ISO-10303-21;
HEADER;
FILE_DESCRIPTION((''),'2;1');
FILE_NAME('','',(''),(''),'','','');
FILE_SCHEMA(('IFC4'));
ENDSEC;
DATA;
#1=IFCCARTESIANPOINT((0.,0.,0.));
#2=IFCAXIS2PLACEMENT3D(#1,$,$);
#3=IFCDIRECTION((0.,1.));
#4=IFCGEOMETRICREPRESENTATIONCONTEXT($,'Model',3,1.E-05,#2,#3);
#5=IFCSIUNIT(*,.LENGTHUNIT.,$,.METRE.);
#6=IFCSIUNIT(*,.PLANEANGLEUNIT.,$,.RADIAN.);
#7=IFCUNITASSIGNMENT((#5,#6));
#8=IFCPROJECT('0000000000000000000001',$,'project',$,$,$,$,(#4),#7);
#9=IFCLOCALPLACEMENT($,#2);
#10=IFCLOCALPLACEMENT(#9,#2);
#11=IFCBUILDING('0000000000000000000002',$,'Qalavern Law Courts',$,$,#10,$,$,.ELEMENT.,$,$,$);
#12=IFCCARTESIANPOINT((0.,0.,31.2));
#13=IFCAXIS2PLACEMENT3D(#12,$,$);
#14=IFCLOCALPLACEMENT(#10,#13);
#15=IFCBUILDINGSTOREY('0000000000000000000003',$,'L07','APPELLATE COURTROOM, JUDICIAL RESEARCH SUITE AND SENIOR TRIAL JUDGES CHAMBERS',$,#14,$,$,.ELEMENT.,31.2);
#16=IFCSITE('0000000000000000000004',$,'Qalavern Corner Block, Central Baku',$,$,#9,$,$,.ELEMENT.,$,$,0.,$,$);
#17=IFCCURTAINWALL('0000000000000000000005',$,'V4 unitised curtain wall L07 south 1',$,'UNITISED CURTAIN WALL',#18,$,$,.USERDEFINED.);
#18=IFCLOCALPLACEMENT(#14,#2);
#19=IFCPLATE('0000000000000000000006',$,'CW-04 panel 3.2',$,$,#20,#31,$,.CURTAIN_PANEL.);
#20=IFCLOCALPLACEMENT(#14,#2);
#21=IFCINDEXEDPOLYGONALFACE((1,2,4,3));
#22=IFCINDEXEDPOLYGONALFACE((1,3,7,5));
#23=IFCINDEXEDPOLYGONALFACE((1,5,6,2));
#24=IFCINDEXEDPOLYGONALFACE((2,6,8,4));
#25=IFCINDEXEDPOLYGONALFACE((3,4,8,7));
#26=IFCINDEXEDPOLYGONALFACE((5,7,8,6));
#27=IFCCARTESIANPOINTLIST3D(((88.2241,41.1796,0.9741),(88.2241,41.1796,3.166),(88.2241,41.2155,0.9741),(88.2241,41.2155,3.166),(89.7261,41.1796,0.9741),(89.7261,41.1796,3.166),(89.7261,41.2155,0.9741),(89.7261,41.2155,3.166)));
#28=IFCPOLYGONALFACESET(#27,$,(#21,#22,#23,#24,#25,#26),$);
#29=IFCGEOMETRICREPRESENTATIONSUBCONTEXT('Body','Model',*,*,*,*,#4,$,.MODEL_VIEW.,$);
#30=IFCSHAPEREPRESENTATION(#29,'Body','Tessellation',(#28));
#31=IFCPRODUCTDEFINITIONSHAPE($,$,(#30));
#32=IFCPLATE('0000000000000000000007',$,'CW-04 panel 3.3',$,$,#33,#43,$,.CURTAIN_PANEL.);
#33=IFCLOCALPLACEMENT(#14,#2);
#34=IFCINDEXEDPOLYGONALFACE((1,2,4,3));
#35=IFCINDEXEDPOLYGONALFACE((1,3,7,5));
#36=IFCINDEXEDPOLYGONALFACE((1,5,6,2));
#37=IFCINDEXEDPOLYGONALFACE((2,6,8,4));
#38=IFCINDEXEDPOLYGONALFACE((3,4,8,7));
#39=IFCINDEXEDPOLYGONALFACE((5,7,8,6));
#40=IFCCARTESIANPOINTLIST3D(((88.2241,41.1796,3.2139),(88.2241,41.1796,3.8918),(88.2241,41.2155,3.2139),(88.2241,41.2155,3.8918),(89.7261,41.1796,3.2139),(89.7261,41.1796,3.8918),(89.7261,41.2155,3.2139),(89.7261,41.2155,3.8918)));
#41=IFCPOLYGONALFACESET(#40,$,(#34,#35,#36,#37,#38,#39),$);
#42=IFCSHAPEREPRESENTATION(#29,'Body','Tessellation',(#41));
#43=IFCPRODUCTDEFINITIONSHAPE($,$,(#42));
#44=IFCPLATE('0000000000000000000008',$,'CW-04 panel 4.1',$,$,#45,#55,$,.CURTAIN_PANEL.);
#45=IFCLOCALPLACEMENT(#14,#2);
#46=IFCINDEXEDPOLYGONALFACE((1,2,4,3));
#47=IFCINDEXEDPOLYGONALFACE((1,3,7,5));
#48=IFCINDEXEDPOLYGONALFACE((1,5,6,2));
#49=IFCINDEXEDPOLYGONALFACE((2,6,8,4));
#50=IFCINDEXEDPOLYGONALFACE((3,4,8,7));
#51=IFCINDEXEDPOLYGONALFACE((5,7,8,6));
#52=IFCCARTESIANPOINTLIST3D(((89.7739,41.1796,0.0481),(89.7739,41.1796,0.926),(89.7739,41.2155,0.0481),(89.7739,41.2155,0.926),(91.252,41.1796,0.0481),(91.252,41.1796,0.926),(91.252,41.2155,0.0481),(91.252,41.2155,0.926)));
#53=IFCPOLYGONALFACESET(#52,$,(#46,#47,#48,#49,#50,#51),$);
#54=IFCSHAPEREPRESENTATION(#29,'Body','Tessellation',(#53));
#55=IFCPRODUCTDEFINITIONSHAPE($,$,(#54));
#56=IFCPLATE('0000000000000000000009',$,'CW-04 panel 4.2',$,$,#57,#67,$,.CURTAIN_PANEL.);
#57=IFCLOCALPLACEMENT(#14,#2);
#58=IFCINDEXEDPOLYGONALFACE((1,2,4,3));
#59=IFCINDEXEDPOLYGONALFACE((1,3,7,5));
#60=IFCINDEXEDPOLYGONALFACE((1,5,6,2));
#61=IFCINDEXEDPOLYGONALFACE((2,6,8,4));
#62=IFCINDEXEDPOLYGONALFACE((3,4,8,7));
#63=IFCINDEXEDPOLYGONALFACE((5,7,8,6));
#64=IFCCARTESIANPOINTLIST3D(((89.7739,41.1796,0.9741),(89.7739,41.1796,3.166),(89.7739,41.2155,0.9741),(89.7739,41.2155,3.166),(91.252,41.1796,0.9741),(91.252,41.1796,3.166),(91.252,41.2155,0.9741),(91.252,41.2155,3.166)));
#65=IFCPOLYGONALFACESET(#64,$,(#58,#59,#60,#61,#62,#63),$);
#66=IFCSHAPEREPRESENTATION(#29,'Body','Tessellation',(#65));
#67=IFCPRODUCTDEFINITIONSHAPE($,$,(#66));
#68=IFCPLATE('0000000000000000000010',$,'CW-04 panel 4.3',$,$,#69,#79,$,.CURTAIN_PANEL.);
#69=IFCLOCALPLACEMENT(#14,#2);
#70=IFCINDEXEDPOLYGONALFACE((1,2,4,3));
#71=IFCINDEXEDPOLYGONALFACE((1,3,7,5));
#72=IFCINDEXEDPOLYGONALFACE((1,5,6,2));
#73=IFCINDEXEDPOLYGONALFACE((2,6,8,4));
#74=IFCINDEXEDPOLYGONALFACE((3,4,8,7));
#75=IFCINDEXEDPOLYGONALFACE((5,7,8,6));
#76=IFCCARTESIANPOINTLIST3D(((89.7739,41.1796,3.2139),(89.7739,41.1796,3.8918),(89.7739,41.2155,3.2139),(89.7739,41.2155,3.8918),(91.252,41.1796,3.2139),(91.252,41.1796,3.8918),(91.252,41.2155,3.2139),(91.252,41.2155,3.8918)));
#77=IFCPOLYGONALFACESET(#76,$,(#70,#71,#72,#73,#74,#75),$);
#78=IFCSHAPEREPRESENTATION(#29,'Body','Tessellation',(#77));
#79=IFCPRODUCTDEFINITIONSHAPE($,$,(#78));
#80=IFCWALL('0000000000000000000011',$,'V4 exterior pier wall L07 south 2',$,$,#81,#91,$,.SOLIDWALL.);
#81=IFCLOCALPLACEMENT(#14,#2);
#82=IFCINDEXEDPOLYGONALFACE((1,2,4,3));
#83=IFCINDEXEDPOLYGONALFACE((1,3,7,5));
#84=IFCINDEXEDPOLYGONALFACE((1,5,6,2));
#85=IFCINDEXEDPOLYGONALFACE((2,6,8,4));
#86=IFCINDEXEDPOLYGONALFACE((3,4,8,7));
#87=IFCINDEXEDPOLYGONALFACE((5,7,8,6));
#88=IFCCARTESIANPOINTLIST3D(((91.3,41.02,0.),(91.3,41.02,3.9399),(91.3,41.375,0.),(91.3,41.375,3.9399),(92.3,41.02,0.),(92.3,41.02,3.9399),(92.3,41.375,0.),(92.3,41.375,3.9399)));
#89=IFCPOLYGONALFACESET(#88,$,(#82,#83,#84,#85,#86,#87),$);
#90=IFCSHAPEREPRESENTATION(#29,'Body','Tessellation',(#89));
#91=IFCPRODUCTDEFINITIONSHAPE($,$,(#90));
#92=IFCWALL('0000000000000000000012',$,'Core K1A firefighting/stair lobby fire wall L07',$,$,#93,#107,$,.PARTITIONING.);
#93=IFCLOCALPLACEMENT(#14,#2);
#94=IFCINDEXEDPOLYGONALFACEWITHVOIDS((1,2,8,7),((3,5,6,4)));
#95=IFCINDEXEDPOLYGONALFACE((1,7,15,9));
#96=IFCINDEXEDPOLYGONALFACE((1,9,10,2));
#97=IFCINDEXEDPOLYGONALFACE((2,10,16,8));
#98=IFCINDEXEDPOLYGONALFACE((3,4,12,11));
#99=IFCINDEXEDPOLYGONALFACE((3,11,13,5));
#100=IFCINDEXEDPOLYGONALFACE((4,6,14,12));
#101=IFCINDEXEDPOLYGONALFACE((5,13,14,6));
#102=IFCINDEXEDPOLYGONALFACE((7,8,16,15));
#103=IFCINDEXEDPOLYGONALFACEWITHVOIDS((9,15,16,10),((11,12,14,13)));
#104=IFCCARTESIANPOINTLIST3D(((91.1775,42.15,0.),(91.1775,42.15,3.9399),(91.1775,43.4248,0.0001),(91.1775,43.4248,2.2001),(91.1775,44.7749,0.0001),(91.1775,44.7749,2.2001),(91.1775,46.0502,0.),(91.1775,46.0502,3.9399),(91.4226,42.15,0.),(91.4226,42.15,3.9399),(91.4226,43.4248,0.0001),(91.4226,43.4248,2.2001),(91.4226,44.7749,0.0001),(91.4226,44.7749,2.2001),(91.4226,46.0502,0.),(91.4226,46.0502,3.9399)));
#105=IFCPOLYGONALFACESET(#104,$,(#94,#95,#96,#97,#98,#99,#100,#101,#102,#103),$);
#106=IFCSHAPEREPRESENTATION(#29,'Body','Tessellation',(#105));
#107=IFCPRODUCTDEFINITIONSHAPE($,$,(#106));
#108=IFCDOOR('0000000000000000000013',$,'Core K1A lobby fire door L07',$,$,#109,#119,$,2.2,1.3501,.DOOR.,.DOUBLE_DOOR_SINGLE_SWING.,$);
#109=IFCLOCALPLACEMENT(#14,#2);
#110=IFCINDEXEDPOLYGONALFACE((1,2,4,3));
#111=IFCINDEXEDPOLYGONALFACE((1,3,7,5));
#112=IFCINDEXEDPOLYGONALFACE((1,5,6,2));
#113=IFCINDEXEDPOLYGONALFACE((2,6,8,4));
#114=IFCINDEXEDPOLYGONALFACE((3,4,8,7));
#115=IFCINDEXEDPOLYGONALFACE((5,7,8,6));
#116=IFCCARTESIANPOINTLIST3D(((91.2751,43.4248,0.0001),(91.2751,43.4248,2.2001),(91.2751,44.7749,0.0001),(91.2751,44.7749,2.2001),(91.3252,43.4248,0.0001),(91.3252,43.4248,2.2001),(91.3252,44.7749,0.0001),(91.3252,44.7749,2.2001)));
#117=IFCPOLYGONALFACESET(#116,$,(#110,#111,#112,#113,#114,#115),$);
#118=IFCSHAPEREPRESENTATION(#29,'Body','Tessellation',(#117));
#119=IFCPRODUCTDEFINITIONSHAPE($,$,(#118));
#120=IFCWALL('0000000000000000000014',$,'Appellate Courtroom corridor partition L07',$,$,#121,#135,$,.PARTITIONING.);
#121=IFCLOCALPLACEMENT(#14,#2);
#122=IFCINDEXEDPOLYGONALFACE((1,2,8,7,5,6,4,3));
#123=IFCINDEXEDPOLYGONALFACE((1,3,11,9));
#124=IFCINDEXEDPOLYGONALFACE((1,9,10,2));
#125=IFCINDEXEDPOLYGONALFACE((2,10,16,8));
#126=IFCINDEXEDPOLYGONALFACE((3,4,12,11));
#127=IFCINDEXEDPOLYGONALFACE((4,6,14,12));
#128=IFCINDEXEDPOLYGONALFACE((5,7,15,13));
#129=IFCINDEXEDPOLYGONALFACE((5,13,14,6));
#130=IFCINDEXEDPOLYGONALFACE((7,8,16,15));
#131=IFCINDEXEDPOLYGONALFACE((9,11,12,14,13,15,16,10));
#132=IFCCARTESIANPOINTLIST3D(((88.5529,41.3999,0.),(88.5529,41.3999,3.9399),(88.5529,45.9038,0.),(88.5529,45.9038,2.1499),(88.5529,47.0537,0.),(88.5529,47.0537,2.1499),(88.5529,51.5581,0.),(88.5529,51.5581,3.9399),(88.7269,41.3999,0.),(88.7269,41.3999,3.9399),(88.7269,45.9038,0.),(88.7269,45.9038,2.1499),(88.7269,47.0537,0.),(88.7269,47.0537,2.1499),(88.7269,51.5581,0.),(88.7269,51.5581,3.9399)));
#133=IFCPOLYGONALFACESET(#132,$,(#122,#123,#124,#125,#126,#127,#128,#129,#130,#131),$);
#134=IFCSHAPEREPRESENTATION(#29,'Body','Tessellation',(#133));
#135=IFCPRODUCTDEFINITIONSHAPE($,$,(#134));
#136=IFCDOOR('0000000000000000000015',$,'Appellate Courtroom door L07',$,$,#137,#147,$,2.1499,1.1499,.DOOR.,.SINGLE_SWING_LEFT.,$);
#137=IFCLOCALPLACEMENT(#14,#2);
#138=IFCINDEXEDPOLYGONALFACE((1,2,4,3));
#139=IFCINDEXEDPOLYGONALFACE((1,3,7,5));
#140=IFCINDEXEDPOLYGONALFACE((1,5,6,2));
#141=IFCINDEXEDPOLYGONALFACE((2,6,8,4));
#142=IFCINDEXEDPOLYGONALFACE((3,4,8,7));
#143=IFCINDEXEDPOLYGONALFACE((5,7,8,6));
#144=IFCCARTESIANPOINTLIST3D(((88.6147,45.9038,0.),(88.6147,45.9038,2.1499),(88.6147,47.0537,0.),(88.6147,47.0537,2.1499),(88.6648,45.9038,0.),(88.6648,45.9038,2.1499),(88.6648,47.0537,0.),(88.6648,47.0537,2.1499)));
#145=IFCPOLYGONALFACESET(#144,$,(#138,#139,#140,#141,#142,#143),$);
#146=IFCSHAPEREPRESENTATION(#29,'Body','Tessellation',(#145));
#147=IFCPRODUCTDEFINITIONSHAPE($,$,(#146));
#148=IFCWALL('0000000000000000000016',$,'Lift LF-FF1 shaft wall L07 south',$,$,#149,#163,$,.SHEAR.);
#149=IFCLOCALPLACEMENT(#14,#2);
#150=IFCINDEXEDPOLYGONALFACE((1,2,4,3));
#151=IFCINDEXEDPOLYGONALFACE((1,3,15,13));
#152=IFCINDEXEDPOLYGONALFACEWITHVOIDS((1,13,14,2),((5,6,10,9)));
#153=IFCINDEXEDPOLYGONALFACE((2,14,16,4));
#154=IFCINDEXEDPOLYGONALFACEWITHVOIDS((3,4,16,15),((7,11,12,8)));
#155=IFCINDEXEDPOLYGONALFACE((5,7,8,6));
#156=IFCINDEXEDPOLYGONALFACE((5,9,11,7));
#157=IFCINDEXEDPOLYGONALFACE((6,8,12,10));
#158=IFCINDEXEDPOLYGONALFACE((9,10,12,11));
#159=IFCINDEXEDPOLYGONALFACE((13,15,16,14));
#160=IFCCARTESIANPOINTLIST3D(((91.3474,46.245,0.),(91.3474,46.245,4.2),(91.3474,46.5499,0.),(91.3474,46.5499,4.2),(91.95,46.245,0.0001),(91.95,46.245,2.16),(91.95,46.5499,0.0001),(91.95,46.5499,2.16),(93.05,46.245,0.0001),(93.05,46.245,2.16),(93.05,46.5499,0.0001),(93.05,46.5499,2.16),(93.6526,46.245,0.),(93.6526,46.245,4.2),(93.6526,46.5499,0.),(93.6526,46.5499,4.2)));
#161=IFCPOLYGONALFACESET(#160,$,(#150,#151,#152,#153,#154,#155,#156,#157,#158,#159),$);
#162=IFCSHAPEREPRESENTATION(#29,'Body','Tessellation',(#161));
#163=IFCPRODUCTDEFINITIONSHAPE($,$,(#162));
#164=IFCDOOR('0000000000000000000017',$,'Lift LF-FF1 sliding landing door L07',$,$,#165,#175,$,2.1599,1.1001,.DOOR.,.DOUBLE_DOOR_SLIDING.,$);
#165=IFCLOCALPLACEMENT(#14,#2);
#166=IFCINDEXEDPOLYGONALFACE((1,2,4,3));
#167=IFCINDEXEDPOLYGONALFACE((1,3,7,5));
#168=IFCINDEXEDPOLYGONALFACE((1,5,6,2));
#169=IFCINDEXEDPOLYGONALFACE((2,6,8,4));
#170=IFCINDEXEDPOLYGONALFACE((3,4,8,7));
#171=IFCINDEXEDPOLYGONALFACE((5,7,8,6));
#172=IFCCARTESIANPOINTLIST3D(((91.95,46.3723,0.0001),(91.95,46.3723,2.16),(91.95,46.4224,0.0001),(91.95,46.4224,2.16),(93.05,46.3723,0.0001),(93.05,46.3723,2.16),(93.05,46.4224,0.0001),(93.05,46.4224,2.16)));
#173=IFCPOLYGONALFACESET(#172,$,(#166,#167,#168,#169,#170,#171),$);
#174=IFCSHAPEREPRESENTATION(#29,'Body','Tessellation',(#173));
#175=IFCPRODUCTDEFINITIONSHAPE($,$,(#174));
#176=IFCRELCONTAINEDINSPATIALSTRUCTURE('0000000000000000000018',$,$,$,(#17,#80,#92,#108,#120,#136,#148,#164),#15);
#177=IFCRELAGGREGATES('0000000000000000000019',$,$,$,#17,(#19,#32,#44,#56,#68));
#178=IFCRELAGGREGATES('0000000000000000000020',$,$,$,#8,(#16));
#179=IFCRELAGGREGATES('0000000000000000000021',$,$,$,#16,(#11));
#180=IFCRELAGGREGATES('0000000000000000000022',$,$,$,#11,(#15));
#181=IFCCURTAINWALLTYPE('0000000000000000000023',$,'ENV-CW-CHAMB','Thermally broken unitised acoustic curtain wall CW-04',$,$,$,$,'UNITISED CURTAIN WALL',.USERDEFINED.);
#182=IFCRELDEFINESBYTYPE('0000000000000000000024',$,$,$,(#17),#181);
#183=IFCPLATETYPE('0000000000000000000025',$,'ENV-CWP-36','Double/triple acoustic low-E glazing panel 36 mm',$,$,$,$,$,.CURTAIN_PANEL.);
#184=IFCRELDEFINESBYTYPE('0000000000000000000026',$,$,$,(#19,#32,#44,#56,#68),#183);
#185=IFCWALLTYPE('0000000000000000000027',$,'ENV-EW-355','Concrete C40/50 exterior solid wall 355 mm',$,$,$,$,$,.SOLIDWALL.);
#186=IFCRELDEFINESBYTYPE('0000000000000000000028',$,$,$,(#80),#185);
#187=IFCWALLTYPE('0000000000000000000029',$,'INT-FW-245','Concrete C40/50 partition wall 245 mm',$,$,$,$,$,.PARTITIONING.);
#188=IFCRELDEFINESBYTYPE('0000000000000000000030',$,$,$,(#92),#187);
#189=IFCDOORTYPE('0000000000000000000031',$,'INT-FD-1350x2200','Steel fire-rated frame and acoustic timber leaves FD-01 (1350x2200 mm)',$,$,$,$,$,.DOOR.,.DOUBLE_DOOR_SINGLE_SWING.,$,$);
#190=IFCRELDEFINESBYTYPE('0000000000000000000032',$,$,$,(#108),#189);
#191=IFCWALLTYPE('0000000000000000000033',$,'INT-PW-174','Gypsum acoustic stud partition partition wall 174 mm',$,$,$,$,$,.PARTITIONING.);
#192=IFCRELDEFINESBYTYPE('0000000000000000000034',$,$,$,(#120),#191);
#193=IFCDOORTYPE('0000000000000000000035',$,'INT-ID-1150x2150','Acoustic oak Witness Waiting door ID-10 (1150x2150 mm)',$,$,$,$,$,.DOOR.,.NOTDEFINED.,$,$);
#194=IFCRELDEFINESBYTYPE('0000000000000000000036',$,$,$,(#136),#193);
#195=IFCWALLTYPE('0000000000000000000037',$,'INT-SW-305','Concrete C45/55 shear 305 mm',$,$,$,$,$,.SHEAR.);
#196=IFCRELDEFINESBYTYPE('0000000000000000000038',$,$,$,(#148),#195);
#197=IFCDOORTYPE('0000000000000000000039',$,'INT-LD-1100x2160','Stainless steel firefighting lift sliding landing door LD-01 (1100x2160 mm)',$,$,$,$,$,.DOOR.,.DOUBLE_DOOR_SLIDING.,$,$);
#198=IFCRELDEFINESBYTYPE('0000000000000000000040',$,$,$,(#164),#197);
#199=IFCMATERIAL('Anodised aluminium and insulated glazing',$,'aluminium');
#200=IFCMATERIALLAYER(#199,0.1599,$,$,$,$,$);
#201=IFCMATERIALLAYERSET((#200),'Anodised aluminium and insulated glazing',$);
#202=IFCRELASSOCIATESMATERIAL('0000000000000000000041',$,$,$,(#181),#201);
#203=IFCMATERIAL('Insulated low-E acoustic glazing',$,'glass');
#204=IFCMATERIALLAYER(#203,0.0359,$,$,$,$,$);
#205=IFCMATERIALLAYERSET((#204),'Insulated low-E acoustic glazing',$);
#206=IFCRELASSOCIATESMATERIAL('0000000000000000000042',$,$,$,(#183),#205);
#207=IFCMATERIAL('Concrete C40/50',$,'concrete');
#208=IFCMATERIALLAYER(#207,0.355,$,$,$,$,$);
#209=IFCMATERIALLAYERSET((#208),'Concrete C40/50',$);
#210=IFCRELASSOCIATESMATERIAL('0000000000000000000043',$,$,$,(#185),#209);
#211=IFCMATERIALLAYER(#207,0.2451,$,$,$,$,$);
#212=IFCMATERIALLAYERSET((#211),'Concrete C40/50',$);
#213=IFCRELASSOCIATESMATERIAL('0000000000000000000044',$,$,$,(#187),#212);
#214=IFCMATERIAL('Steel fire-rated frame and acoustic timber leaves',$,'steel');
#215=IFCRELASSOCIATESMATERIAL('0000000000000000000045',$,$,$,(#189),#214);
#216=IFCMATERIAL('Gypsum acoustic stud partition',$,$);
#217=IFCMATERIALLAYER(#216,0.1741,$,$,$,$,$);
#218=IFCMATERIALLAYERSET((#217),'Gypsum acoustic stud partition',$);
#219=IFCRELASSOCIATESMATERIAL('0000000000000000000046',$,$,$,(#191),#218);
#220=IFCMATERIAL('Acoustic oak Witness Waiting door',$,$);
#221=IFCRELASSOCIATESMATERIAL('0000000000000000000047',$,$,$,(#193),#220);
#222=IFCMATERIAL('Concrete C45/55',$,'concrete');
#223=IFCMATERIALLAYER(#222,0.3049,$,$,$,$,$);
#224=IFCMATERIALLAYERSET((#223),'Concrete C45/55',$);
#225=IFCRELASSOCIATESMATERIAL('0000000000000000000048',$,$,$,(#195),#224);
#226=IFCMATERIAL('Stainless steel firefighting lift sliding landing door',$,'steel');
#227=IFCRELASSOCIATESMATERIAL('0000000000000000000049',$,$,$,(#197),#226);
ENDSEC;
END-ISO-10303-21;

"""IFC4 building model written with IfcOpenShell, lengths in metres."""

from ifc_helpers import new_model, si_unit, direction, frame, frame_2d, origin, origin_2d, place, context, subcontext, project, spatial, rectangle, extrude, material, layer, layer_set, type_object, element, fill, aggregate, save


model = new_model("IFC4")

# Units and contexts
model_context = context("Model", 3, precision=1e-05, world=origin(), true_north=direction((0.0, 1.0)))
body_context = subcontext(model_context, "Body", "Model", "MODEL_VIEW")
ifc_project = project(units=[si_unit("LENGTHUNIT", "METRE"), si_unit("PLANEANGLEUNIT", "RADIAN")], contexts=[model_context])

# Site, building, storey
site_placement = place(None, origin())
site = spatial("IfcSite", under=ifc_project, at=site_placement, Name="Qalavern Corner Block, Central Baku", CompositionType="ELEMENT", RefElevation=0.0)
building_placement = place(site_placement, origin())
building = spatial("IfcBuilding", under=site, at=building_placement, Name="Qalavern Law Courts", CompositionType="ELEMENT")
storey_placement = place(building_placement, frame((0.0, 0.0, 31.2)))
storey = spatial("IfcBuildingStorey", under=building, at=storey_placement, Name="L07", Description="APPELLATE COURTROOM, JUDICIAL RESEARCH SUITE AND SENIOR TRIAL JUDGES CHAMBERS", CompositionType="ELEMENT", Elevation=31.2)

# Curtain wall, plates
ifc_material_1 = material(Name="Anodised aluminium and insulated glazing", Category="aluminium")
ifc_layer_1 = layer(ifc_material_1, 0.1599)
ifc_layer_set_1 = layer_set([ifc_layer_1], Name="Anodised aluminium and insulated glazing")
curtain_wall_type = type_object("IfcCurtainWallType", Name="ENV-CW-CHAMB", Description="Thermally broken unitised acoustic curtain wall CW-04", ElementType="UNITISED CURTAIN WALL", PredefinedType="USERDEFINED", material=ifc_layer_set_1)
curtain_wall_placement = place(storey_placement, origin())
curtain_wall = element("IfcCurtainWall", 1, at=curtain_wall_placement, inside=storey, type_object=curtain_wall_type, Name="V4 unitised curtain wall L07 south 1", ObjectType="UNITISED CURTAIN WALL", PredefinedType="USERDEFINED")
ifc_material_2 = material(Name="Insulated low-E acoustic glazing", Category="glass")
ifc_layer_2 = layer(ifc_material_2, 0.0359)
ifc_layer_set_2 = layer_set([ifc_layer_2], Name="Insulated low-E acoustic glazing")
plate_type = type_object("IfcPlateType", Name="ENV-CWP-36", Description="Double/triple acoustic low-E glazing panel 36 mm", PredefinedType="CURTAIN_PANEL", material=ifc_layer_set_2)
plate_1_placement = place(storey_placement, frame((88.9751, 41.1975, 0.9741), z_axis=(0.0, 0.0, 1.0), x_axis=(1.0, 0.0, 0.0)))
plate_1 = element("IfcPlate", 2, at=plate_1_placement, type_object=plate_type, Name="CW-04 panel 3.2", PredefinedType="CURTAIN_PANEL", context=body_context, shape_type="SweptSolid", body=[
    extrude(rectangle(XDim=1.502, YDim=0.0359, at=origin_2d()), origin(), (0.0, 0.0, 1.0), 2.1919),
])
plate_2_placement = place(storey_placement, frame((88.9751, 41.1975, 3.2139), z_axis=(0.0, 0.0, 1.0), x_axis=(1.0, 0.0, 0.0)))
plate_2 = element("IfcPlate", 3, at=plate_2_placement, type_object=plate_type, Name="CW-04 panel 3.3", PredefinedType="CURTAIN_PANEL", context=body_context, shape_type="SweptSolid", body=[
    extrude(rectangle(XDim=1.502, YDim=0.0359, at=origin_2d()), origin(), (0.0, 0.0, 1.0), 0.678),
])
plate_3_placement = place(storey_placement, frame((90.5129, 41.1975, 0.0481), z_axis=(0.0, 0.0, 1.0), x_axis=(1.0, 0.0, 0.0)))
plate_3 = element("IfcPlate", 4, at=plate_3_placement, type_object=plate_type, Name="CW-04 panel 4.1", PredefinedType="CURTAIN_PANEL", context=body_context, shape_type="SweptSolid", body=[
    extrude(rectangle(XDim=1.478, YDim=0.0359, at=origin_2d()), origin(), (0.0, 0.0, 1.0), 0.8779),
])
plate_4_placement = place(storey_placement, frame((90.5129, 41.1975, 0.9741), z_axis=(0.0, 0.0, 1.0), x_axis=(1.0, 0.0, 0.0)))
plate_4 = element("IfcPlate", 5, at=plate_4_placement, type_object=plate_type, Name="CW-04 panel 4.2", PredefinedType="CURTAIN_PANEL", context=body_context, shape_type="SweptSolid", body=[
    extrude(rectangle(XDim=1.478, YDim=0.0359, at=origin_2d()), origin(), (0.0, 0.0, 1.0), 2.1919),
])
plate_5_placement = place(storey_placement, frame((90.5129, 41.1975, 3.2139), z_axis=(0.0, 0.0, 1.0), x_axis=(1.0, 0.0, 0.0)))
plate_5 = element("IfcPlate", 6, at=plate_5_placement, type_object=plate_type, Name="CW-04 panel 4.3", PredefinedType="CURTAIN_PANEL", context=body_context, shape_type="SweptSolid", body=[
    extrude(rectangle(XDim=1.478, YDim=0.0359, at=origin_2d()), origin(), (0.0, 0.0, 1.0), 0.678),
])
aggregate(curtain_wall, [plate_1, plate_2, plate_3, plate_4, plate_5])

# Wall
ifc_material_3 = material(Name="Concrete C40/50", Category="concrete")
ifc_layer_3 = layer(ifc_material_3, 0.355)
ifc_layer_set_3 = layer_set([ifc_layer_3], Name="Concrete C40/50")
wall_type_1 = type_object("IfcWallType", Name="ENV-EW-355", Description="Concrete C40/50 exterior solid wall 355 mm", PredefinedType="SOLIDWALL", material=ifc_layer_set_3)
wall_1_placement = place(storey_placement, frame((91.3, 41.1975, 0.0), z_axis=(0.0, 0.0, 1.0), x_axis=(1.0, 0.0, 0.0)))
element("IfcWall", 7, at=wall_1_placement, inside=storey, type_object=wall_type_1, Name="V4 exterior pier wall L07 south 2", PredefinedType="SOLIDWALL", context=body_context, shape_type="SweptSolid", body=[
    extrude(rectangle(XDim=1.0, YDim=0.355, at=frame_2d((0.5, 0.0))), origin(), (0.0, 0.0, 1.0), 3.9399),
])

# Walls, openings, doors
ifc_layer_4 = layer(ifc_material_3, 0.2451)
ifc_layer_set_4 = layer_set([ifc_layer_4], Name="Concrete C40/50")
wall_type_2 = type_object("IfcWallType", Name="INT-FW-245", Description="Concrete C40/50 partition wall 245 mm", PredefinedType="PARTITIONING", material=ifc_layer_set_4)
wall_2_placement = place(storey_placement, frame((91.3, 42.1499, 0.0), z_axis=(0.0, 0.0, 1.0), x_axis=(0.0, 1.0, 0.0)))
wall_2 = element("IfcWall", 8, at=wall_2_placement, inside=storey, type_object=wall_type_2, Name="Core K1A firefighting/stair lobby fire wall L07", PredefinedType="PARTITIONING", context=body_context, shape_type="SweptSolid", body=[
    extrude(rectangle(XDim=3.9001, YDim=0.2451, at=frame_2d((1.9502, 0.0))), origin(), (0.0, 0.0, 1.0), 3.9399),
])
opening_1_placement = place(wall_2_placement, frame((1.2749, 0.0, 0.0)))
opening_1 = element("IfcOpeningElement", 9, at=opening_1_placement, cuts=wall_2, PredefinedType="OPENING", context=body_context, shape_type="SweptSolid", body=[
    extrude(rectangle(XDim=1.3501, YDim=2.2, at=frame_2d((0.675, 1.1001))), frame((0.0, 0.1375, 0.0), z_axis=(0.0, -1.0, 0.0), x_axis=(1.0, 0.0, 0.0)), (0.0, 0.0, 1.0), 0.2749),
])
ifc_material_4 = material(Name="Steel fire-rated frame and acoustic timber leaves", Category="steel")
door_type_1 = type_object("IfcDoorType", Name="INT-FD-1350x2200", Description="Steel fire-rated frame and acoustic timber leaves FD-01 (1350x2200 mm)", OperationType="DOUBLE_DOOR_SINGLE_SWING", PredefinedType="DOOR", material=ifc_material_4)
door_1_placement = place(opening_1_placement, origin())
door_1 = element("IfcDoor", 10, at=door_1_placement, inside=storey, type_object=door_type_1, Name="Core K1A lobby fire door L07", OperationType="DOUBLE_DOOR_SINGLE_SWING", OverallHeight=2.2, OverallWidth=1.3501, PredefinedType="DOOR", context=body_context, shape_type="SweptSolid", body=[
    extrude(rectangle(XDim=1.3501, YDim=2.2, at=frame_2d((0.675, 1.1001))), frame((0.0, 0.0249, 0.0), z_axis=(0.0, -1.0, 0.0), x_axis=(1.0, 0.0, 0.0)), (0.0, 0.0, 1.0), 0.05),
])
fill(opening_1, door_1)
ifc_material_5 = material(Name="Gypsum acoustic stud partition")
ifc_layer_5 = layer(ifc_material_5, 0.1741)
ifc_layer_set_5 = layer_set([ifc_layer_5], Name="Gypsum acoustic stud partition")
wall_type_3 = type_object("IfcWallType", Name="INT-PW-174", Description="Gypsum acoustic stud partition partition wall 174 mm", PredefinedType="PARTITIONING", material=ifc_layer_set_5)
wall_3_placement = place(storey_placement, frame((88.6399, 41.3999, 0.0), z_axis=(0.0, 0.0, 1.0), x_axis=(0.0, 1.0, 0.0)))
wall_3 = element("IfcWall", 11, at=wall_3_placement, inside=storey, type_object=wall_type_3, Name="Appellate Courtroom corridor partition L07", PredefinedType="PARTITIONING", context=body_context, shape_type="SweptSolid", body=[
    extrude(rectangle(XDim=10.1582, YDim=0.1741, at=frame_2d((5.0791, 0.0))), origin(), (0.0, 0.0, 1.0), 3.9399),
])
opening_2_placement = place(wall_3_placement, frame((4.5039, 0.0, 0.0)))
opening_2 = element("IfcOpeningElement", 12, at=opening_2_placement, cuts=wall_3, PredefinedType="OPENING", context=body_context, shape_type="SweptSolid", body=[
    extrude(rectangle(XDim=1.1499, YDim=2.1499, at=frame_2d((0.575, 1.075))), frame((0.0, 0.1021, 0.0), z_axis=(0.0, -1.0, 0.0), x_axis=(1.0, 0.0, 0.0)), (0.0, 0.0, 1.0), 0.2039),
])
ifc_material_6 = material(Name="Acoustic oak Witness Waiting door")
door_type_2 = type_object("IfcDoorType", Name="INT-ID-1150x2150", Description="Acoustic oak Witness Waiting door ID-10 (1150x2150 mm)", OperationType="NOTDEFINED", PredefinedType="DOOR", material=ifc_material_6)
door_2_placement = place(opening_2_placement, frame((1.1499, 0.0, 0.0), z_axis=(0.0, 0.0, 1.0), x_axis=(-1.0, 0.0, 0.0)))
door_2 = element("IfcDoor", 13, at=door_2_placement, inside=storey, type_object=door_type_2, Name="Appellate Courtroom door L07", OperationType="SINGLE_SWING_LEFT", OverallHeight=2.1499, OverallWidth=1.1499, PredefinedType="DOOR", context=body_context, shape_type="SweptSolid", body=[
    extrude(rectangle(XDim=1.1499, YDim=2.1499, at=frame_2d((0.575, 1.075))), frame((0.0, 0.0249, 0.0), z_axis=(0.0, -1.0, 0.0), x_axis=(1.0, 0.0, 0.0)), (0.0, 0.0, 1.0), 0.05),
])
fill(opening_2, door_2)
ifc_material_7 = material(Name="Concrete C45/55", Category="concrete")
ifc_layer_6 = layer(ifc_material_7, 0.3049)
ifc_layer_set_6 = layer_set([ifc_layer_6], Name="Concrete C45/55")
wall_type_4 = type_object("IfcWallType", Name="INT-SW-305", Description="Concrete C45/55 shear 305 mm", PredefinedType="SHEAR", material=ifc_layer_set_6)
wall_4_placement = place(storey_placement, frame((91.3474, 46.3975, 0.0), z_axis=(0.0, 0.0, 1.0), x_axis=(1.0, 0.0, 0.0)))
wall_4 = element("IfcWall", 14, at=wall_4_placement, inside=storey, type_object=wall_type_4, Name="Lift LF-FF1 shaft wall L07 south", PredefinedType="SHEAR", context=body_context, shape_type="SweptSolid", body=[
    extrude(rectangle(XDim=2.3052, YDim=0.3049, at=frame_2d((1.1526, 0.0))), origin(), (0.0, 0.0, 1.0), 4.2),
])
opening_3_placement = place(wall_4_placement, frame((0.6025, 0.0, 0.0)))
opening_3 = element("IfcOpeningElement", 15, at=opening_3_placement, cuts=wall_4, PredefinedType="OPENING", context=body_context, shape_type="SweptSolid", body=[
    extrude(rectangle(XDim=1.1001, YDim=2.1599, at=frame_2d((0.55, 1.0801))), frame((0.0, 0.1675, 0.0), z_axis=(0.0, -1.0, 0.0), x_axis=(1.0, 0.0, 0.0)), (0.0, 0.0, 1.0), 0.3347),
])
ifc_material_8 = material(Name="Stainless steel firefighting lift sliding landing door", Category="steel")
door_type_3 = type_object("IfcDoorType", Name="INT-LD-1100x2160", Description="Stainless steel firefighting lift sliding landing door LD-01 (1100x2160 mm)", OperationType="DOUBLE_DOOR_SLIDING", PredefinedType="DOOR", material=ifc_material_8)
door_3_placement = place(opening_3_placement, origin())
door_3 = element("IfcDoor", 16, at=door_3_placement, inside=storey, type_object=door_type_3, Name="Lift LF-FF1 sliding landing door L07", OperationType="DOUBLE_DOOR_SLIDING", OverallHeight=2.1599, OverallWidth=1.1001, PredefinedType="DOOR", context=body_context, shape_type="SweptSolid", body=[
    extrude(rectangle(XDim=1.1001, YDim=2.1599, at=frame_2d((0.55, 1.0801))), frame((0.0, 0.0249, 0.0), z_axis=(0.0, -1.0, 0.0), x_axis=(1.0, 0.0, 0.0)), (0.0, 0.0, 1.0), 0.05),
])
fill(opening_3, door_3)

save(model, "model.ifc")
